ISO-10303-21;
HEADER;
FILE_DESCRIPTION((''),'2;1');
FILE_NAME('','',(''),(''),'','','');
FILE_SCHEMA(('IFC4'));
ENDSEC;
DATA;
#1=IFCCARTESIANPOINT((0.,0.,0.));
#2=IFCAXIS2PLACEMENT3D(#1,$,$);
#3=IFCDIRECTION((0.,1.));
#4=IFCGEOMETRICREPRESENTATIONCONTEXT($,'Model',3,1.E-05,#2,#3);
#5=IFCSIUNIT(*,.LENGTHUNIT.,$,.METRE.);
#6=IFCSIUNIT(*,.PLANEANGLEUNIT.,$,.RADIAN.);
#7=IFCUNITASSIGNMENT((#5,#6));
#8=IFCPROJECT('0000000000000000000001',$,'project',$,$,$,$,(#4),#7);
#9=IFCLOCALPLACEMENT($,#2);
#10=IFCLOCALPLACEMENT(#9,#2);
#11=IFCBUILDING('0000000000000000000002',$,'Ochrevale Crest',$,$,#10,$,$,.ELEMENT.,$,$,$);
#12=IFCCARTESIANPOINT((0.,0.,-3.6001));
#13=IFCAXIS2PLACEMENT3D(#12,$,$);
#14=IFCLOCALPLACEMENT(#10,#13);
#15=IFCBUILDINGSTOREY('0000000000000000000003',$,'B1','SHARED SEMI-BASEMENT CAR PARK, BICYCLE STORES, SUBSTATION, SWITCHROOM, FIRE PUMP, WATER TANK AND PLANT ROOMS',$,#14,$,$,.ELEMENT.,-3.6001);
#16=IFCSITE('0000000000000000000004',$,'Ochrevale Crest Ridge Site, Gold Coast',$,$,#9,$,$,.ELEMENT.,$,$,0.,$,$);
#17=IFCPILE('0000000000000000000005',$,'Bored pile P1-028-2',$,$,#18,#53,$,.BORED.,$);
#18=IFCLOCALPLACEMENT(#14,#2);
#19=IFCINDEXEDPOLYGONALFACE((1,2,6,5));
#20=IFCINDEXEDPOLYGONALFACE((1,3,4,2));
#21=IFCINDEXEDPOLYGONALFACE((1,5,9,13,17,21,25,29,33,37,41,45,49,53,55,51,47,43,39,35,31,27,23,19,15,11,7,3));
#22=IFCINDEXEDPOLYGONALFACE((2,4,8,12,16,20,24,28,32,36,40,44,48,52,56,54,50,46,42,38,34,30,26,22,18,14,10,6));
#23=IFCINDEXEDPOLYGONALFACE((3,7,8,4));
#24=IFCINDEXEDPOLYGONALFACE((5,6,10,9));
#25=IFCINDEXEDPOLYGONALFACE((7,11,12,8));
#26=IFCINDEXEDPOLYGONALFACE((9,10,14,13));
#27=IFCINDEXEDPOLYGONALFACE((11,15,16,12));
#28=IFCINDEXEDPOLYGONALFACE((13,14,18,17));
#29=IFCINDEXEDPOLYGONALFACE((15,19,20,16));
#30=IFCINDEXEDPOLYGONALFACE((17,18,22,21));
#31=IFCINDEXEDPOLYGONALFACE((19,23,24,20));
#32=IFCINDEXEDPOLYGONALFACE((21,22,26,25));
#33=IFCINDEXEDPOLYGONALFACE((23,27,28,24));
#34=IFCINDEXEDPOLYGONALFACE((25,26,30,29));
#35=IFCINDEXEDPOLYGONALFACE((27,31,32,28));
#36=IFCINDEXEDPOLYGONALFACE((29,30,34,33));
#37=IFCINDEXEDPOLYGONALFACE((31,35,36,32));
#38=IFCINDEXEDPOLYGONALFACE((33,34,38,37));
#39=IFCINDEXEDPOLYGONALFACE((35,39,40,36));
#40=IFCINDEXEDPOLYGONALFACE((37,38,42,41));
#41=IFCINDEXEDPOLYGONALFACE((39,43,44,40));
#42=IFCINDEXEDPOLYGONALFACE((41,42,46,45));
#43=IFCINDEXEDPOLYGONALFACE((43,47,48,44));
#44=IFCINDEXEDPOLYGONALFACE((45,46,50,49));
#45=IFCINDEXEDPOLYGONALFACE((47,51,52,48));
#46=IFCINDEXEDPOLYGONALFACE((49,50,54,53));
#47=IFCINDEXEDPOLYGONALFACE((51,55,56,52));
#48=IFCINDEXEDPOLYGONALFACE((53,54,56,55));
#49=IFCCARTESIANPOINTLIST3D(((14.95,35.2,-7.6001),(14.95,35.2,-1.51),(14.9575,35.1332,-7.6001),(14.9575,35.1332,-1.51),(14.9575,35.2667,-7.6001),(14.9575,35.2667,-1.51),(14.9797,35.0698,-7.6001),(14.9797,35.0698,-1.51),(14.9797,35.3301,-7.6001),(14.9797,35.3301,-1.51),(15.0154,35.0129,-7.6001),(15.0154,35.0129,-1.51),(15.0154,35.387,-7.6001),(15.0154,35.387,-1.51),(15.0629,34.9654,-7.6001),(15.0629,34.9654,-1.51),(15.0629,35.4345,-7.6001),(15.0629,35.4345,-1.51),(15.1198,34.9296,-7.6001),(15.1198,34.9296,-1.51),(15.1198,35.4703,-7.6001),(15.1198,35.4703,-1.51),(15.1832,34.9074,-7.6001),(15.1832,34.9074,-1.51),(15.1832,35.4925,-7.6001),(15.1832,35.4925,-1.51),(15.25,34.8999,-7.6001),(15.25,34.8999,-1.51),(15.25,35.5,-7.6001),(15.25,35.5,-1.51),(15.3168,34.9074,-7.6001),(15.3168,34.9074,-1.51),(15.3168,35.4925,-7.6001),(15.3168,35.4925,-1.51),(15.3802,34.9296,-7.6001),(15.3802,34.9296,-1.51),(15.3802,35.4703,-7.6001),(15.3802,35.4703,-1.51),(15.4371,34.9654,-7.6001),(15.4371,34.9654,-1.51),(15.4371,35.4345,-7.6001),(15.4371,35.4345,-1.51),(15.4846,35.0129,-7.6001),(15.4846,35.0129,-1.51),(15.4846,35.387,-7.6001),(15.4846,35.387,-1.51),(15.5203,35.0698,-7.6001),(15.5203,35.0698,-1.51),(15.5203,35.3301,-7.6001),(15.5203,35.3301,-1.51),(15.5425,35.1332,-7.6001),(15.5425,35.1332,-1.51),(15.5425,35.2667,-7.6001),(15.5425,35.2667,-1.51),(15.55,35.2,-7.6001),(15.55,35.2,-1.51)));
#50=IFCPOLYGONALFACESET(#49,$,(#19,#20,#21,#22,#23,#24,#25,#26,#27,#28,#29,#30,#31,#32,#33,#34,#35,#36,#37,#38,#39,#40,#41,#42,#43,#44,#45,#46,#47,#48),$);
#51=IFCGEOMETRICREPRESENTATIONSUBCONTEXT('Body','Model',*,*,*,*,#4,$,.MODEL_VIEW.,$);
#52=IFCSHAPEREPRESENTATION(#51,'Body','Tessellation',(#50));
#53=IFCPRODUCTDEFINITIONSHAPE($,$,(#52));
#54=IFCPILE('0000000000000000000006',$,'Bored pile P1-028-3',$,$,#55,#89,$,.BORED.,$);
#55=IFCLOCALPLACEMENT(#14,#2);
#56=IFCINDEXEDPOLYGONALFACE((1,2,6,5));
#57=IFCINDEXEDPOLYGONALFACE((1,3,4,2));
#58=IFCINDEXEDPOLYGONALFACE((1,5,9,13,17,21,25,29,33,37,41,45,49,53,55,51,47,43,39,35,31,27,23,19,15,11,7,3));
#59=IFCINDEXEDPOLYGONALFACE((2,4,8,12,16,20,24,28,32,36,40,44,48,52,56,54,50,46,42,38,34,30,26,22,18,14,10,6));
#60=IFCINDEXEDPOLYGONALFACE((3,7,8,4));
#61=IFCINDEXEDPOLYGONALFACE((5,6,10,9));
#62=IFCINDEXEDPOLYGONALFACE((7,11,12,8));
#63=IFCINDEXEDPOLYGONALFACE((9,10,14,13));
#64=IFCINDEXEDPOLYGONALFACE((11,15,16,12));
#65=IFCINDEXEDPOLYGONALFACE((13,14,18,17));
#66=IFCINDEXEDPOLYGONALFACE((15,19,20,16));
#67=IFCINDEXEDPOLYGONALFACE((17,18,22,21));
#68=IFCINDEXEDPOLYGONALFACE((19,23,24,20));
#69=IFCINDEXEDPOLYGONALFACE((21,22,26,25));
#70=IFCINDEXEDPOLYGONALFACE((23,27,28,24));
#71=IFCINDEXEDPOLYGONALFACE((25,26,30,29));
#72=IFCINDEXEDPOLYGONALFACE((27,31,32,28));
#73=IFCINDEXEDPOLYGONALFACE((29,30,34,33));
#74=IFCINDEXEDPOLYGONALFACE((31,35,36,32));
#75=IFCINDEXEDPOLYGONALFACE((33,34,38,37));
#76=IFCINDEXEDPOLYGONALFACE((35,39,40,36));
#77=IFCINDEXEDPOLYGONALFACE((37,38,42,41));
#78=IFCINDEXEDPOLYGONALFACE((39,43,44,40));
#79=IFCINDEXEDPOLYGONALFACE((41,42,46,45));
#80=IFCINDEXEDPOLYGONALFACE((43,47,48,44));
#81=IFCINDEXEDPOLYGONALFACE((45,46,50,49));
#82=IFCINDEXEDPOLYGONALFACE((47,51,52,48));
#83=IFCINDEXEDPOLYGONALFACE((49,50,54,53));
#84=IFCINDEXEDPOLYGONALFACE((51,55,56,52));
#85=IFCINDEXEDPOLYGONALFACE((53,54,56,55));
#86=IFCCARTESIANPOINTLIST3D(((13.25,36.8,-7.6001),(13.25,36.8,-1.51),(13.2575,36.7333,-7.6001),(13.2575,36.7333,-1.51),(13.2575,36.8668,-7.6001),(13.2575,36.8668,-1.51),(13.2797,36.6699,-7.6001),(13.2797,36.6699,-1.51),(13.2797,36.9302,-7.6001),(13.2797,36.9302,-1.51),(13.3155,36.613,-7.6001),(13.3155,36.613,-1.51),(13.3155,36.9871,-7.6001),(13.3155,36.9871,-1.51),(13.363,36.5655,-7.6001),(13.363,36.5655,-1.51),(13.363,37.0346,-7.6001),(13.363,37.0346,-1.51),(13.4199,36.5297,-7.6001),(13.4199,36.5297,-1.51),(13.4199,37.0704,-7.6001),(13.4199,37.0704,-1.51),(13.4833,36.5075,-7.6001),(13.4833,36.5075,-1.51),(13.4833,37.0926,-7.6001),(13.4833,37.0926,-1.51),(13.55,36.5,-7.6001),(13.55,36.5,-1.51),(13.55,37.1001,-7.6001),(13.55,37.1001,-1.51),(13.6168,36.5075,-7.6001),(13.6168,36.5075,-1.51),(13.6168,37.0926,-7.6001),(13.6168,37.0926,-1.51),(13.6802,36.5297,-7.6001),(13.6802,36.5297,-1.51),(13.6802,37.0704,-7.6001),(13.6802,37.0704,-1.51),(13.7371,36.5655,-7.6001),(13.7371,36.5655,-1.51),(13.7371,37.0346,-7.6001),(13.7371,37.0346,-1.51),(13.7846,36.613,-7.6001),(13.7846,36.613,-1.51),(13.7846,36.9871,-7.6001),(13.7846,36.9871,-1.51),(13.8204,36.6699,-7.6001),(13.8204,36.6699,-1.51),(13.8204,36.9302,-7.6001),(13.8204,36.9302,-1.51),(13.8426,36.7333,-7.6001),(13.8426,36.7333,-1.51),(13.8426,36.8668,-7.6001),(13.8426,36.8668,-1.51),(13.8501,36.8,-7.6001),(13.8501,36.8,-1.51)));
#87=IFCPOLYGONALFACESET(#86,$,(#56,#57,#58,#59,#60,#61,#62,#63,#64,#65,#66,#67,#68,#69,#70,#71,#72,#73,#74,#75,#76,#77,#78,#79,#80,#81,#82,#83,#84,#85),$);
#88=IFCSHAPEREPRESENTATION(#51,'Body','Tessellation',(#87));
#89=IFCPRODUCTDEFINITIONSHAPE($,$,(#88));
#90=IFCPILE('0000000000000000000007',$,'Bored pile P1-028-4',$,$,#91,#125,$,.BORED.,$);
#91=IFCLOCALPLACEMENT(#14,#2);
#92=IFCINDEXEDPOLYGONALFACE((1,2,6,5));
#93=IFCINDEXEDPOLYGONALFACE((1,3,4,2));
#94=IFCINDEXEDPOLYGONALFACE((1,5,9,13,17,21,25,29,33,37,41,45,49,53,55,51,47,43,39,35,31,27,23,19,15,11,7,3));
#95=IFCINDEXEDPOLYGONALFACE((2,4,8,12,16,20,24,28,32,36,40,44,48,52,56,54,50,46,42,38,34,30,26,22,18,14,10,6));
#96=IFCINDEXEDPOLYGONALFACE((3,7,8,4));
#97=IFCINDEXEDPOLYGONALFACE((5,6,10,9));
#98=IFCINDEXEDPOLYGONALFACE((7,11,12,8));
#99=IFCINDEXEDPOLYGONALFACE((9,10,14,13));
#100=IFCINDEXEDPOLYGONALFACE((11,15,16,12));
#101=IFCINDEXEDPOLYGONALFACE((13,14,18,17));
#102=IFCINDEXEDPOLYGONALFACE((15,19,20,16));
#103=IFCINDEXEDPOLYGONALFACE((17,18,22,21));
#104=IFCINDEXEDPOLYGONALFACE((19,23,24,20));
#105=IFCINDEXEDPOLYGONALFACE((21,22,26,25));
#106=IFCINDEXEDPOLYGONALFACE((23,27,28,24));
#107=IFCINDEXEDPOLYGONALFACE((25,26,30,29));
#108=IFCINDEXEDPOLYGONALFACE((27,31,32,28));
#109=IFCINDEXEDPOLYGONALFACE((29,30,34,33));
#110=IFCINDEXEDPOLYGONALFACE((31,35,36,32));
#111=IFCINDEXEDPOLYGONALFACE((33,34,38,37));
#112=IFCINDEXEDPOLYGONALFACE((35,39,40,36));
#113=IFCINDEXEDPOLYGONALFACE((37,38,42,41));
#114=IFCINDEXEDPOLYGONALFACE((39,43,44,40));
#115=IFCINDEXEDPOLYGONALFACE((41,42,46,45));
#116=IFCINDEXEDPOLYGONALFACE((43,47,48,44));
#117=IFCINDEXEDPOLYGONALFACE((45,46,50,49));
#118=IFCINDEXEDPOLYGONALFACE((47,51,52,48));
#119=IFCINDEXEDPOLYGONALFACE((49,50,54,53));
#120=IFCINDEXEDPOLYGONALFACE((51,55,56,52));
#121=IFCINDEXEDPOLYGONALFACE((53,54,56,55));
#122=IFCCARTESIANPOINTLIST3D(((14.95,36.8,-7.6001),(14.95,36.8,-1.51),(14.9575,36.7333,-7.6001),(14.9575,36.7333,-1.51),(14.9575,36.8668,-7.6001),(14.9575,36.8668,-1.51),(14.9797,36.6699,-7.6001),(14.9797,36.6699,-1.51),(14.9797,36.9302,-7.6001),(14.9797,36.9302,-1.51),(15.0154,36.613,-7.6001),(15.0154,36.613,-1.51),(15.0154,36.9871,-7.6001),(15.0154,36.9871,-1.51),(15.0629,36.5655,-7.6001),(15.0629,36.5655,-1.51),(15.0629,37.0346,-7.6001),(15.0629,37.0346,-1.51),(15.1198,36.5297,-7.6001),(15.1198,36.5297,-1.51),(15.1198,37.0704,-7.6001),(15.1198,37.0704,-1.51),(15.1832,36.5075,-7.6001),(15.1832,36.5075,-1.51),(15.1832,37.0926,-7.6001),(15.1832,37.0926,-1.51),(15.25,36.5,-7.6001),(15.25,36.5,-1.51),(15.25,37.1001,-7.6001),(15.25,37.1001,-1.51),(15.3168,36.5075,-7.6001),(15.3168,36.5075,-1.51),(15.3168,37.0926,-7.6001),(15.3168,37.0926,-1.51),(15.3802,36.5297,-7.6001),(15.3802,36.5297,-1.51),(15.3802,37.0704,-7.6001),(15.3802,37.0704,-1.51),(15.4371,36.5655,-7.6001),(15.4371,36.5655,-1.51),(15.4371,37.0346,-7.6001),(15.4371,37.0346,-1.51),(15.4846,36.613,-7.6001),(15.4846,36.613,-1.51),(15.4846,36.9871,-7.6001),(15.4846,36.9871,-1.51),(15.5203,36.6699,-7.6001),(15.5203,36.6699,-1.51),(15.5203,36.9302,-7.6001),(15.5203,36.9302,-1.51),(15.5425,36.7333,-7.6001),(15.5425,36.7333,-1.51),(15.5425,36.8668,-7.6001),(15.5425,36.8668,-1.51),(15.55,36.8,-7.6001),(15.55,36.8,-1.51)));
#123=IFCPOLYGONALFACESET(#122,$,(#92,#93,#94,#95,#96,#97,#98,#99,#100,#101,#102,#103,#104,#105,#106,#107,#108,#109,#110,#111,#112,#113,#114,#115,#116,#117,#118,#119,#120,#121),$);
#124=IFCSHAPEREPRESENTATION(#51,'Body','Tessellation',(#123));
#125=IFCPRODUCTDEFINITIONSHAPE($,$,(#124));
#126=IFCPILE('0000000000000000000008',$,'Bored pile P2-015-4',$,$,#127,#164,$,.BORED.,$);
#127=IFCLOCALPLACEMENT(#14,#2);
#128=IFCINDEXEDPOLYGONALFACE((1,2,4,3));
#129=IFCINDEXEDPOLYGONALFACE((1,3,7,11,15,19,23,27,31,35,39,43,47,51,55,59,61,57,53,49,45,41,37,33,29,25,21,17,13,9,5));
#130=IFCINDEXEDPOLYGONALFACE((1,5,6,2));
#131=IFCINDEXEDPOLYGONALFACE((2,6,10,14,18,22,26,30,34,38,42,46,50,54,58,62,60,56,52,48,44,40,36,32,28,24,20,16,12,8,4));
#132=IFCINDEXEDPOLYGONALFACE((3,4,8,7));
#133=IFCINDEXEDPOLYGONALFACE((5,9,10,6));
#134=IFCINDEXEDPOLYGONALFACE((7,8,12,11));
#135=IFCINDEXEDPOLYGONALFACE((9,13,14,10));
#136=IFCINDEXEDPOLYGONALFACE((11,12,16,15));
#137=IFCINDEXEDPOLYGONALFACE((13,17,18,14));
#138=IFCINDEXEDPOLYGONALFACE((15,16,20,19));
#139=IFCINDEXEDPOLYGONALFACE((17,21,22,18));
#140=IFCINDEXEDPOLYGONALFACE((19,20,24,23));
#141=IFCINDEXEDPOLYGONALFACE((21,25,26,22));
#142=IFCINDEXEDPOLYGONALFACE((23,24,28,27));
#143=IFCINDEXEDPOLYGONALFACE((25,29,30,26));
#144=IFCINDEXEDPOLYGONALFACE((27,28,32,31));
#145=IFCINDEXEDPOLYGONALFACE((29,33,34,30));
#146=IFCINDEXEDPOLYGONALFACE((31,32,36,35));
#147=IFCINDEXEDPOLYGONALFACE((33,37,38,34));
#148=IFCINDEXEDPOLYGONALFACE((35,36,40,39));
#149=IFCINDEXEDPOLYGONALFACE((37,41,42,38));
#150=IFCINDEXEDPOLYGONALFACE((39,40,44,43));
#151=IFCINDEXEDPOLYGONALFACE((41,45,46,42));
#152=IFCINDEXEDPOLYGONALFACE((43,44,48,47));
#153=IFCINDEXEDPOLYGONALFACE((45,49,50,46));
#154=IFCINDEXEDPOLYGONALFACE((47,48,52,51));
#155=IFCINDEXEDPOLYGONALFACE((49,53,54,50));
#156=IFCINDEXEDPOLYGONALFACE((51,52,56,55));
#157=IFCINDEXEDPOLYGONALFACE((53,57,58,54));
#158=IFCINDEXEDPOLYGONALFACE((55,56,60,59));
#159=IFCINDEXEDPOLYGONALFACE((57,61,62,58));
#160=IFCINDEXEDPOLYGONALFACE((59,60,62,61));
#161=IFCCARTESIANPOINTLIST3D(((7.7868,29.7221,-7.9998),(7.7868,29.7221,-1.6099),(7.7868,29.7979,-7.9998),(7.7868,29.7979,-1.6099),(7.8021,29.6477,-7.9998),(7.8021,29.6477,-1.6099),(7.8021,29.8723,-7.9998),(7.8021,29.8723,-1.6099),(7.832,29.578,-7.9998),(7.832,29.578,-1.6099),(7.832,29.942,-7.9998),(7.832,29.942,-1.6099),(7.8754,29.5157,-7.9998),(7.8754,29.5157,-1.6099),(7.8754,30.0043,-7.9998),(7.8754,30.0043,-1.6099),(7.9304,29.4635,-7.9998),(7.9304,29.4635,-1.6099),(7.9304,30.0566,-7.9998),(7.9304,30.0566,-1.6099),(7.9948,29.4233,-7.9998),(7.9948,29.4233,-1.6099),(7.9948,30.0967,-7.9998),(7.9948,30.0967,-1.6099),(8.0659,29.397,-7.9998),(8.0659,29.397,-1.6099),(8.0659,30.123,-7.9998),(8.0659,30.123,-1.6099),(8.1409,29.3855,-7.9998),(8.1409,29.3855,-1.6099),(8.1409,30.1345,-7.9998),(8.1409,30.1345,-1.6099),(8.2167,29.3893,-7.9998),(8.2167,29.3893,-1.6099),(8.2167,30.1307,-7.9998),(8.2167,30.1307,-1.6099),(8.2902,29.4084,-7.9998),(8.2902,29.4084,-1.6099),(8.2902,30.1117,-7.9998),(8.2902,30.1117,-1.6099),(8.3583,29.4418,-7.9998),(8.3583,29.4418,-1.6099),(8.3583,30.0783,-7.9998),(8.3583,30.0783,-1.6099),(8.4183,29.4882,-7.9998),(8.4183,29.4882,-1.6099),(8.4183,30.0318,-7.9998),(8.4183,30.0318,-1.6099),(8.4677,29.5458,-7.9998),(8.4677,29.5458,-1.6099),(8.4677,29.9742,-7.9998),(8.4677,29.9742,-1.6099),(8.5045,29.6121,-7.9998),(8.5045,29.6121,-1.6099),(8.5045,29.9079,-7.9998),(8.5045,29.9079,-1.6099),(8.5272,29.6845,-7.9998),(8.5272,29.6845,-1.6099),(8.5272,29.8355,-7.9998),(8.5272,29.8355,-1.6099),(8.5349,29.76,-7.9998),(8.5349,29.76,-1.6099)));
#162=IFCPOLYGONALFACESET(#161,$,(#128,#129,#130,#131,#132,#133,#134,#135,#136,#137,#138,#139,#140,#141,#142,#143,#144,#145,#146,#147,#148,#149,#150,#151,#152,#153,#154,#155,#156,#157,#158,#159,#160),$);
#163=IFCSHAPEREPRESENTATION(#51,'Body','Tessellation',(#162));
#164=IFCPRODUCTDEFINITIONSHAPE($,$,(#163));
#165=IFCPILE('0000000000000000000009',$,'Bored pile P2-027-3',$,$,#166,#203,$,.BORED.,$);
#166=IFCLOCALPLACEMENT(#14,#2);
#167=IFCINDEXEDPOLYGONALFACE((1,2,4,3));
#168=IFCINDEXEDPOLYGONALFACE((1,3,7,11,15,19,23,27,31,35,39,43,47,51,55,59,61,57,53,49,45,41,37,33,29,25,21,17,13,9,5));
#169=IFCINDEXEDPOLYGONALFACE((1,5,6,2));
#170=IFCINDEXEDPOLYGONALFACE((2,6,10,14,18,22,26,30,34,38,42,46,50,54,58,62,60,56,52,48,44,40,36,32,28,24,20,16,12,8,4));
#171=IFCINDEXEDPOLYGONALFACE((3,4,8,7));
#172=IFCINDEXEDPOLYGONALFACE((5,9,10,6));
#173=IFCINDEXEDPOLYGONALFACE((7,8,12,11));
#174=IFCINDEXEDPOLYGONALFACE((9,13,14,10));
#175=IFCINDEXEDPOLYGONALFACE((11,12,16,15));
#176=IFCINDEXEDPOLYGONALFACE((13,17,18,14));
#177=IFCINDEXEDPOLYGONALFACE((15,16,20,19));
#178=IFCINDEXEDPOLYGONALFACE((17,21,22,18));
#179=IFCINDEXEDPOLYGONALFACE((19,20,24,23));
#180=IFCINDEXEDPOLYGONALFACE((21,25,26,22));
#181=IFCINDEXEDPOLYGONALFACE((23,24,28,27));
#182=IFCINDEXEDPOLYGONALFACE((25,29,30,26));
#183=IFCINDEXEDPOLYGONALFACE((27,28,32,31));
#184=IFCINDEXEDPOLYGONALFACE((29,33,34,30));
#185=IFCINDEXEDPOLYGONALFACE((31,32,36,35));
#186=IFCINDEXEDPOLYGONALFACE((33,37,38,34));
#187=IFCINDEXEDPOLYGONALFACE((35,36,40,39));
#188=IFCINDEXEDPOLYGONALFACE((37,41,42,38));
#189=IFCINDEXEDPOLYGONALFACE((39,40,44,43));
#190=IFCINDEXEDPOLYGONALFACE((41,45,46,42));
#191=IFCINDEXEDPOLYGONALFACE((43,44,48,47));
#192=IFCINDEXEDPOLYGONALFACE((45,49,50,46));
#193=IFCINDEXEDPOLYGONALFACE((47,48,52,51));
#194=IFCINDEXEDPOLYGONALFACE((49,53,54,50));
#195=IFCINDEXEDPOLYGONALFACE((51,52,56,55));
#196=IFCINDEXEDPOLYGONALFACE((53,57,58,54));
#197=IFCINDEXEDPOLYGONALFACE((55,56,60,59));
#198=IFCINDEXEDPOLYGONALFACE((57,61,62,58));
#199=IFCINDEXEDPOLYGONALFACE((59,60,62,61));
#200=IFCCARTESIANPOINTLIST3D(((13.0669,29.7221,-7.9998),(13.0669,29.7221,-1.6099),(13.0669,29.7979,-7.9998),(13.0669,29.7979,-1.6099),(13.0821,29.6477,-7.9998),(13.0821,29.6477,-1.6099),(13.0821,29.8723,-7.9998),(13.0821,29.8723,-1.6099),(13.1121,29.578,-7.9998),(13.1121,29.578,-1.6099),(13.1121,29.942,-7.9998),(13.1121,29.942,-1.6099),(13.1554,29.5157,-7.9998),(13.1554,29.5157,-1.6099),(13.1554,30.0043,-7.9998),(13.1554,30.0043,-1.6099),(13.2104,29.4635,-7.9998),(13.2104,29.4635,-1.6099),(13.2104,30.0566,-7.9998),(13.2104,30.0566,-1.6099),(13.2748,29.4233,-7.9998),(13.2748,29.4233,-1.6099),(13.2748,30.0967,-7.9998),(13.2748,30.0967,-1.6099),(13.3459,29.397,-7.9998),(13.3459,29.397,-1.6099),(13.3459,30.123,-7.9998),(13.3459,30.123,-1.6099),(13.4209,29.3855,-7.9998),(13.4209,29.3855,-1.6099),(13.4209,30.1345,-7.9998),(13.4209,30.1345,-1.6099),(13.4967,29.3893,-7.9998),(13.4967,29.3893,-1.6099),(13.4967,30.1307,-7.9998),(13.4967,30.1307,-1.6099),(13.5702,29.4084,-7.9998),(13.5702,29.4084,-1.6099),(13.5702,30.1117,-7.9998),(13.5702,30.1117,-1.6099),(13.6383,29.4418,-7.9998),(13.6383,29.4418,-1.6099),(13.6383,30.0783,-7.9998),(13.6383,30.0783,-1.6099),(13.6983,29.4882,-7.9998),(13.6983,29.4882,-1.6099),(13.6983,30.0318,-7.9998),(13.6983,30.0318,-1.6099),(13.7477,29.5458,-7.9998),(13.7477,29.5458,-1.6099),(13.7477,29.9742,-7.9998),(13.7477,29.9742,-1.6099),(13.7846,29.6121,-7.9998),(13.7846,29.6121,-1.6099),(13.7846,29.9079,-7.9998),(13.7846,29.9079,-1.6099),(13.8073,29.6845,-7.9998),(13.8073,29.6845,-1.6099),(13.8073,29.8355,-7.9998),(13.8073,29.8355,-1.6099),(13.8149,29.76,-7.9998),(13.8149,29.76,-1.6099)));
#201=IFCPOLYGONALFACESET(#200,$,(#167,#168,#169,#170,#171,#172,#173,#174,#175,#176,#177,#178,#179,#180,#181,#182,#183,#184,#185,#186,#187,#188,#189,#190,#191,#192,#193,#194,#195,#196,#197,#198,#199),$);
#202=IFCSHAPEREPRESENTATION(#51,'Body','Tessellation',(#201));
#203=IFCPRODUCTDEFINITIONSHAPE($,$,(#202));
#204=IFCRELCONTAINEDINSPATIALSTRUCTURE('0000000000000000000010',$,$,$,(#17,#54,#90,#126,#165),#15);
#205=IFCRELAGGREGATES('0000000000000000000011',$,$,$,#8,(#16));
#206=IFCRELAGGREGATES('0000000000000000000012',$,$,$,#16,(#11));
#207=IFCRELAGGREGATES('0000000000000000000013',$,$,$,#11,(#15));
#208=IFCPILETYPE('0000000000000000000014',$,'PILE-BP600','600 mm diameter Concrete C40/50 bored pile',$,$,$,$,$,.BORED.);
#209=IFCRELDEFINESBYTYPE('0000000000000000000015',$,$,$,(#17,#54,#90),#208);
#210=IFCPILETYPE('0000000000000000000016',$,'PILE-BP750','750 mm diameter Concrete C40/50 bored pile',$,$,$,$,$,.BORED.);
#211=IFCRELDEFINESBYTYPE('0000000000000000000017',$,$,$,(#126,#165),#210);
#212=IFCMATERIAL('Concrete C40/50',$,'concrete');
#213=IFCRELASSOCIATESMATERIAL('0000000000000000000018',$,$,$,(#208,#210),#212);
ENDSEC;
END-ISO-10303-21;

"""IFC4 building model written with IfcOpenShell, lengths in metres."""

from ifc_helpers import new_model, si_unit, direction, frame, origin, origin_2d, place, context, subcontext, project, spatial, circle, extrude, material, material_profile, profile_set, type_object, element, save


model = new_model("IFC4")

# Units and contexts
model_context = context("Model", 3, precision=1e-05, world=origin(), true_north=direction((0.0, 1.0)))
body_context = subcontext(model_context, "Body", "Model", "MODEL_VIEW")
ifc_project = project(units=[si_unit("LENGTHUNIT", "METRE"), si_unit("PLANEANGLEUNIT", "RADIAN")], contexts=[model_context])

# Site, building, storey
site_placement = place(None, origin())
site = spatial("IfcSite", under=ifc_project, at=site_placement, Name="Ochrevale Crest Ridge Site, Gold Coast", CompositionType="ELEMENT", RefElevation=0.0)
building_placement = place(site_placement, origin())
building = spatial("IfcBuilding", under=site, at=building_placement, Name="Ochrevale Crest", CompositionType="ELEMENT")
storey_placement = place(building_placement, frame((0.0, 0.0, -3.6001)))
storey = spatial("IfcBuildingStorey", under=building, at=storey_placement, Name="B1", Description="SHARED SEMI-BASEMENT CAR PARK, BICYCLE STORES, SUBSTATION, SWITCHROOM, FIRE PUMP, WATER TANK AND PLANT ROOMS", CompositionType="ELEMENT", Elevation=-3.6001)

# Shared definitions
ifc_material_1 = material(Name="Concrete C40/50", Category="concrete")

# Piles
ifc_material_profile_1 = material_profile(ifc_material_1, circle(Radius=0.3, at=origin_2d()), Name="BORED PILE 600")
ifc_profile_set_1 = profile_set([ifc_material_profile_1], Name="Concrete C40/50")
pile_type_1 = type_object("IfcPileType", Name="PILE-BP600", Description="600 mm diameter Concrete C40/50 bored pile", PredefinedType="BORED", material=ifc_profile_set_1)
for number, where, z_axis, x_axis, name in (
    (1, (15.25, 35.2, -1.51), (0.0, 0.0, -1.0), (1.0, 0.0, 0.0), "Bored pile P1-028-2"),
    (2, (13.55, 36.8, -1.51), (0.0, 0.0, -1.0), (1.0, 0.0, 0.0), "Bored pile P1-028-3"),
    (3, (15.25, 36.8, -1.51), (0.0, 0.0, -1.0), (1.0, 0.0, 0.0), "Bored pile P1-028-4"),
):
    element("IfcPile", number, at=place(storey_placement, frame(where, z_axis=z_axis, x_axis=x_axis)), inside=storey, type_object=pile_type_1, Name=name, PredefinedType="BORED", context=body_context, shape_type="SweptSolid", body=[
        extrude(circle(Radius=0.3, at=origin_2d()), origin(), (0.0, 0.0, 1.0), 6.0901),
    ])
ifc_material_profile_2 = material_profile(ifc_material_1, circle(Radius=0.375, at=origin_2d()), Name="BORED PILE 750")
ifc_profile_set_2 = profile_set([ifc_material_profile_2], Name="Concrete C40/50")
pile_type_2 = type_object("IfcPileType", Name="PILE-BP750", Description="750 mm diameter Concrete C40/50 bored pile", PredefinedType="BORED", material=ifc_profile_set_2)
for number, where, z_axis, x_axis, name in (
    (4, (8.1599, 29.76, -1.6099), (0.0, 0.0, -1.0), (1.0, 0.0, 0.0), "Bored pile P2-015-4"),
    (5, (13.4399, 29.76, -1.6099), (0.0, 0.0, -1.0), (1.0, 0.0, 0.0), "Bored pile P2-027-3"),
):
    element("IfcPile", number, at=place(storey_placement, frame(where, z_axis=z_axis, x_axis=x_axis)), inside=storey, type_object=pile_type_2, Name=name, PredefinedType="BORED", context=body_context, shape_type="SweptSolid", body=[
        extrude(circle(Radius=0.375, at=origin_2d()), origin(), (0.0, 0.0, 1.0), 6.3899),
    ])

save(model, "model.ifc")
